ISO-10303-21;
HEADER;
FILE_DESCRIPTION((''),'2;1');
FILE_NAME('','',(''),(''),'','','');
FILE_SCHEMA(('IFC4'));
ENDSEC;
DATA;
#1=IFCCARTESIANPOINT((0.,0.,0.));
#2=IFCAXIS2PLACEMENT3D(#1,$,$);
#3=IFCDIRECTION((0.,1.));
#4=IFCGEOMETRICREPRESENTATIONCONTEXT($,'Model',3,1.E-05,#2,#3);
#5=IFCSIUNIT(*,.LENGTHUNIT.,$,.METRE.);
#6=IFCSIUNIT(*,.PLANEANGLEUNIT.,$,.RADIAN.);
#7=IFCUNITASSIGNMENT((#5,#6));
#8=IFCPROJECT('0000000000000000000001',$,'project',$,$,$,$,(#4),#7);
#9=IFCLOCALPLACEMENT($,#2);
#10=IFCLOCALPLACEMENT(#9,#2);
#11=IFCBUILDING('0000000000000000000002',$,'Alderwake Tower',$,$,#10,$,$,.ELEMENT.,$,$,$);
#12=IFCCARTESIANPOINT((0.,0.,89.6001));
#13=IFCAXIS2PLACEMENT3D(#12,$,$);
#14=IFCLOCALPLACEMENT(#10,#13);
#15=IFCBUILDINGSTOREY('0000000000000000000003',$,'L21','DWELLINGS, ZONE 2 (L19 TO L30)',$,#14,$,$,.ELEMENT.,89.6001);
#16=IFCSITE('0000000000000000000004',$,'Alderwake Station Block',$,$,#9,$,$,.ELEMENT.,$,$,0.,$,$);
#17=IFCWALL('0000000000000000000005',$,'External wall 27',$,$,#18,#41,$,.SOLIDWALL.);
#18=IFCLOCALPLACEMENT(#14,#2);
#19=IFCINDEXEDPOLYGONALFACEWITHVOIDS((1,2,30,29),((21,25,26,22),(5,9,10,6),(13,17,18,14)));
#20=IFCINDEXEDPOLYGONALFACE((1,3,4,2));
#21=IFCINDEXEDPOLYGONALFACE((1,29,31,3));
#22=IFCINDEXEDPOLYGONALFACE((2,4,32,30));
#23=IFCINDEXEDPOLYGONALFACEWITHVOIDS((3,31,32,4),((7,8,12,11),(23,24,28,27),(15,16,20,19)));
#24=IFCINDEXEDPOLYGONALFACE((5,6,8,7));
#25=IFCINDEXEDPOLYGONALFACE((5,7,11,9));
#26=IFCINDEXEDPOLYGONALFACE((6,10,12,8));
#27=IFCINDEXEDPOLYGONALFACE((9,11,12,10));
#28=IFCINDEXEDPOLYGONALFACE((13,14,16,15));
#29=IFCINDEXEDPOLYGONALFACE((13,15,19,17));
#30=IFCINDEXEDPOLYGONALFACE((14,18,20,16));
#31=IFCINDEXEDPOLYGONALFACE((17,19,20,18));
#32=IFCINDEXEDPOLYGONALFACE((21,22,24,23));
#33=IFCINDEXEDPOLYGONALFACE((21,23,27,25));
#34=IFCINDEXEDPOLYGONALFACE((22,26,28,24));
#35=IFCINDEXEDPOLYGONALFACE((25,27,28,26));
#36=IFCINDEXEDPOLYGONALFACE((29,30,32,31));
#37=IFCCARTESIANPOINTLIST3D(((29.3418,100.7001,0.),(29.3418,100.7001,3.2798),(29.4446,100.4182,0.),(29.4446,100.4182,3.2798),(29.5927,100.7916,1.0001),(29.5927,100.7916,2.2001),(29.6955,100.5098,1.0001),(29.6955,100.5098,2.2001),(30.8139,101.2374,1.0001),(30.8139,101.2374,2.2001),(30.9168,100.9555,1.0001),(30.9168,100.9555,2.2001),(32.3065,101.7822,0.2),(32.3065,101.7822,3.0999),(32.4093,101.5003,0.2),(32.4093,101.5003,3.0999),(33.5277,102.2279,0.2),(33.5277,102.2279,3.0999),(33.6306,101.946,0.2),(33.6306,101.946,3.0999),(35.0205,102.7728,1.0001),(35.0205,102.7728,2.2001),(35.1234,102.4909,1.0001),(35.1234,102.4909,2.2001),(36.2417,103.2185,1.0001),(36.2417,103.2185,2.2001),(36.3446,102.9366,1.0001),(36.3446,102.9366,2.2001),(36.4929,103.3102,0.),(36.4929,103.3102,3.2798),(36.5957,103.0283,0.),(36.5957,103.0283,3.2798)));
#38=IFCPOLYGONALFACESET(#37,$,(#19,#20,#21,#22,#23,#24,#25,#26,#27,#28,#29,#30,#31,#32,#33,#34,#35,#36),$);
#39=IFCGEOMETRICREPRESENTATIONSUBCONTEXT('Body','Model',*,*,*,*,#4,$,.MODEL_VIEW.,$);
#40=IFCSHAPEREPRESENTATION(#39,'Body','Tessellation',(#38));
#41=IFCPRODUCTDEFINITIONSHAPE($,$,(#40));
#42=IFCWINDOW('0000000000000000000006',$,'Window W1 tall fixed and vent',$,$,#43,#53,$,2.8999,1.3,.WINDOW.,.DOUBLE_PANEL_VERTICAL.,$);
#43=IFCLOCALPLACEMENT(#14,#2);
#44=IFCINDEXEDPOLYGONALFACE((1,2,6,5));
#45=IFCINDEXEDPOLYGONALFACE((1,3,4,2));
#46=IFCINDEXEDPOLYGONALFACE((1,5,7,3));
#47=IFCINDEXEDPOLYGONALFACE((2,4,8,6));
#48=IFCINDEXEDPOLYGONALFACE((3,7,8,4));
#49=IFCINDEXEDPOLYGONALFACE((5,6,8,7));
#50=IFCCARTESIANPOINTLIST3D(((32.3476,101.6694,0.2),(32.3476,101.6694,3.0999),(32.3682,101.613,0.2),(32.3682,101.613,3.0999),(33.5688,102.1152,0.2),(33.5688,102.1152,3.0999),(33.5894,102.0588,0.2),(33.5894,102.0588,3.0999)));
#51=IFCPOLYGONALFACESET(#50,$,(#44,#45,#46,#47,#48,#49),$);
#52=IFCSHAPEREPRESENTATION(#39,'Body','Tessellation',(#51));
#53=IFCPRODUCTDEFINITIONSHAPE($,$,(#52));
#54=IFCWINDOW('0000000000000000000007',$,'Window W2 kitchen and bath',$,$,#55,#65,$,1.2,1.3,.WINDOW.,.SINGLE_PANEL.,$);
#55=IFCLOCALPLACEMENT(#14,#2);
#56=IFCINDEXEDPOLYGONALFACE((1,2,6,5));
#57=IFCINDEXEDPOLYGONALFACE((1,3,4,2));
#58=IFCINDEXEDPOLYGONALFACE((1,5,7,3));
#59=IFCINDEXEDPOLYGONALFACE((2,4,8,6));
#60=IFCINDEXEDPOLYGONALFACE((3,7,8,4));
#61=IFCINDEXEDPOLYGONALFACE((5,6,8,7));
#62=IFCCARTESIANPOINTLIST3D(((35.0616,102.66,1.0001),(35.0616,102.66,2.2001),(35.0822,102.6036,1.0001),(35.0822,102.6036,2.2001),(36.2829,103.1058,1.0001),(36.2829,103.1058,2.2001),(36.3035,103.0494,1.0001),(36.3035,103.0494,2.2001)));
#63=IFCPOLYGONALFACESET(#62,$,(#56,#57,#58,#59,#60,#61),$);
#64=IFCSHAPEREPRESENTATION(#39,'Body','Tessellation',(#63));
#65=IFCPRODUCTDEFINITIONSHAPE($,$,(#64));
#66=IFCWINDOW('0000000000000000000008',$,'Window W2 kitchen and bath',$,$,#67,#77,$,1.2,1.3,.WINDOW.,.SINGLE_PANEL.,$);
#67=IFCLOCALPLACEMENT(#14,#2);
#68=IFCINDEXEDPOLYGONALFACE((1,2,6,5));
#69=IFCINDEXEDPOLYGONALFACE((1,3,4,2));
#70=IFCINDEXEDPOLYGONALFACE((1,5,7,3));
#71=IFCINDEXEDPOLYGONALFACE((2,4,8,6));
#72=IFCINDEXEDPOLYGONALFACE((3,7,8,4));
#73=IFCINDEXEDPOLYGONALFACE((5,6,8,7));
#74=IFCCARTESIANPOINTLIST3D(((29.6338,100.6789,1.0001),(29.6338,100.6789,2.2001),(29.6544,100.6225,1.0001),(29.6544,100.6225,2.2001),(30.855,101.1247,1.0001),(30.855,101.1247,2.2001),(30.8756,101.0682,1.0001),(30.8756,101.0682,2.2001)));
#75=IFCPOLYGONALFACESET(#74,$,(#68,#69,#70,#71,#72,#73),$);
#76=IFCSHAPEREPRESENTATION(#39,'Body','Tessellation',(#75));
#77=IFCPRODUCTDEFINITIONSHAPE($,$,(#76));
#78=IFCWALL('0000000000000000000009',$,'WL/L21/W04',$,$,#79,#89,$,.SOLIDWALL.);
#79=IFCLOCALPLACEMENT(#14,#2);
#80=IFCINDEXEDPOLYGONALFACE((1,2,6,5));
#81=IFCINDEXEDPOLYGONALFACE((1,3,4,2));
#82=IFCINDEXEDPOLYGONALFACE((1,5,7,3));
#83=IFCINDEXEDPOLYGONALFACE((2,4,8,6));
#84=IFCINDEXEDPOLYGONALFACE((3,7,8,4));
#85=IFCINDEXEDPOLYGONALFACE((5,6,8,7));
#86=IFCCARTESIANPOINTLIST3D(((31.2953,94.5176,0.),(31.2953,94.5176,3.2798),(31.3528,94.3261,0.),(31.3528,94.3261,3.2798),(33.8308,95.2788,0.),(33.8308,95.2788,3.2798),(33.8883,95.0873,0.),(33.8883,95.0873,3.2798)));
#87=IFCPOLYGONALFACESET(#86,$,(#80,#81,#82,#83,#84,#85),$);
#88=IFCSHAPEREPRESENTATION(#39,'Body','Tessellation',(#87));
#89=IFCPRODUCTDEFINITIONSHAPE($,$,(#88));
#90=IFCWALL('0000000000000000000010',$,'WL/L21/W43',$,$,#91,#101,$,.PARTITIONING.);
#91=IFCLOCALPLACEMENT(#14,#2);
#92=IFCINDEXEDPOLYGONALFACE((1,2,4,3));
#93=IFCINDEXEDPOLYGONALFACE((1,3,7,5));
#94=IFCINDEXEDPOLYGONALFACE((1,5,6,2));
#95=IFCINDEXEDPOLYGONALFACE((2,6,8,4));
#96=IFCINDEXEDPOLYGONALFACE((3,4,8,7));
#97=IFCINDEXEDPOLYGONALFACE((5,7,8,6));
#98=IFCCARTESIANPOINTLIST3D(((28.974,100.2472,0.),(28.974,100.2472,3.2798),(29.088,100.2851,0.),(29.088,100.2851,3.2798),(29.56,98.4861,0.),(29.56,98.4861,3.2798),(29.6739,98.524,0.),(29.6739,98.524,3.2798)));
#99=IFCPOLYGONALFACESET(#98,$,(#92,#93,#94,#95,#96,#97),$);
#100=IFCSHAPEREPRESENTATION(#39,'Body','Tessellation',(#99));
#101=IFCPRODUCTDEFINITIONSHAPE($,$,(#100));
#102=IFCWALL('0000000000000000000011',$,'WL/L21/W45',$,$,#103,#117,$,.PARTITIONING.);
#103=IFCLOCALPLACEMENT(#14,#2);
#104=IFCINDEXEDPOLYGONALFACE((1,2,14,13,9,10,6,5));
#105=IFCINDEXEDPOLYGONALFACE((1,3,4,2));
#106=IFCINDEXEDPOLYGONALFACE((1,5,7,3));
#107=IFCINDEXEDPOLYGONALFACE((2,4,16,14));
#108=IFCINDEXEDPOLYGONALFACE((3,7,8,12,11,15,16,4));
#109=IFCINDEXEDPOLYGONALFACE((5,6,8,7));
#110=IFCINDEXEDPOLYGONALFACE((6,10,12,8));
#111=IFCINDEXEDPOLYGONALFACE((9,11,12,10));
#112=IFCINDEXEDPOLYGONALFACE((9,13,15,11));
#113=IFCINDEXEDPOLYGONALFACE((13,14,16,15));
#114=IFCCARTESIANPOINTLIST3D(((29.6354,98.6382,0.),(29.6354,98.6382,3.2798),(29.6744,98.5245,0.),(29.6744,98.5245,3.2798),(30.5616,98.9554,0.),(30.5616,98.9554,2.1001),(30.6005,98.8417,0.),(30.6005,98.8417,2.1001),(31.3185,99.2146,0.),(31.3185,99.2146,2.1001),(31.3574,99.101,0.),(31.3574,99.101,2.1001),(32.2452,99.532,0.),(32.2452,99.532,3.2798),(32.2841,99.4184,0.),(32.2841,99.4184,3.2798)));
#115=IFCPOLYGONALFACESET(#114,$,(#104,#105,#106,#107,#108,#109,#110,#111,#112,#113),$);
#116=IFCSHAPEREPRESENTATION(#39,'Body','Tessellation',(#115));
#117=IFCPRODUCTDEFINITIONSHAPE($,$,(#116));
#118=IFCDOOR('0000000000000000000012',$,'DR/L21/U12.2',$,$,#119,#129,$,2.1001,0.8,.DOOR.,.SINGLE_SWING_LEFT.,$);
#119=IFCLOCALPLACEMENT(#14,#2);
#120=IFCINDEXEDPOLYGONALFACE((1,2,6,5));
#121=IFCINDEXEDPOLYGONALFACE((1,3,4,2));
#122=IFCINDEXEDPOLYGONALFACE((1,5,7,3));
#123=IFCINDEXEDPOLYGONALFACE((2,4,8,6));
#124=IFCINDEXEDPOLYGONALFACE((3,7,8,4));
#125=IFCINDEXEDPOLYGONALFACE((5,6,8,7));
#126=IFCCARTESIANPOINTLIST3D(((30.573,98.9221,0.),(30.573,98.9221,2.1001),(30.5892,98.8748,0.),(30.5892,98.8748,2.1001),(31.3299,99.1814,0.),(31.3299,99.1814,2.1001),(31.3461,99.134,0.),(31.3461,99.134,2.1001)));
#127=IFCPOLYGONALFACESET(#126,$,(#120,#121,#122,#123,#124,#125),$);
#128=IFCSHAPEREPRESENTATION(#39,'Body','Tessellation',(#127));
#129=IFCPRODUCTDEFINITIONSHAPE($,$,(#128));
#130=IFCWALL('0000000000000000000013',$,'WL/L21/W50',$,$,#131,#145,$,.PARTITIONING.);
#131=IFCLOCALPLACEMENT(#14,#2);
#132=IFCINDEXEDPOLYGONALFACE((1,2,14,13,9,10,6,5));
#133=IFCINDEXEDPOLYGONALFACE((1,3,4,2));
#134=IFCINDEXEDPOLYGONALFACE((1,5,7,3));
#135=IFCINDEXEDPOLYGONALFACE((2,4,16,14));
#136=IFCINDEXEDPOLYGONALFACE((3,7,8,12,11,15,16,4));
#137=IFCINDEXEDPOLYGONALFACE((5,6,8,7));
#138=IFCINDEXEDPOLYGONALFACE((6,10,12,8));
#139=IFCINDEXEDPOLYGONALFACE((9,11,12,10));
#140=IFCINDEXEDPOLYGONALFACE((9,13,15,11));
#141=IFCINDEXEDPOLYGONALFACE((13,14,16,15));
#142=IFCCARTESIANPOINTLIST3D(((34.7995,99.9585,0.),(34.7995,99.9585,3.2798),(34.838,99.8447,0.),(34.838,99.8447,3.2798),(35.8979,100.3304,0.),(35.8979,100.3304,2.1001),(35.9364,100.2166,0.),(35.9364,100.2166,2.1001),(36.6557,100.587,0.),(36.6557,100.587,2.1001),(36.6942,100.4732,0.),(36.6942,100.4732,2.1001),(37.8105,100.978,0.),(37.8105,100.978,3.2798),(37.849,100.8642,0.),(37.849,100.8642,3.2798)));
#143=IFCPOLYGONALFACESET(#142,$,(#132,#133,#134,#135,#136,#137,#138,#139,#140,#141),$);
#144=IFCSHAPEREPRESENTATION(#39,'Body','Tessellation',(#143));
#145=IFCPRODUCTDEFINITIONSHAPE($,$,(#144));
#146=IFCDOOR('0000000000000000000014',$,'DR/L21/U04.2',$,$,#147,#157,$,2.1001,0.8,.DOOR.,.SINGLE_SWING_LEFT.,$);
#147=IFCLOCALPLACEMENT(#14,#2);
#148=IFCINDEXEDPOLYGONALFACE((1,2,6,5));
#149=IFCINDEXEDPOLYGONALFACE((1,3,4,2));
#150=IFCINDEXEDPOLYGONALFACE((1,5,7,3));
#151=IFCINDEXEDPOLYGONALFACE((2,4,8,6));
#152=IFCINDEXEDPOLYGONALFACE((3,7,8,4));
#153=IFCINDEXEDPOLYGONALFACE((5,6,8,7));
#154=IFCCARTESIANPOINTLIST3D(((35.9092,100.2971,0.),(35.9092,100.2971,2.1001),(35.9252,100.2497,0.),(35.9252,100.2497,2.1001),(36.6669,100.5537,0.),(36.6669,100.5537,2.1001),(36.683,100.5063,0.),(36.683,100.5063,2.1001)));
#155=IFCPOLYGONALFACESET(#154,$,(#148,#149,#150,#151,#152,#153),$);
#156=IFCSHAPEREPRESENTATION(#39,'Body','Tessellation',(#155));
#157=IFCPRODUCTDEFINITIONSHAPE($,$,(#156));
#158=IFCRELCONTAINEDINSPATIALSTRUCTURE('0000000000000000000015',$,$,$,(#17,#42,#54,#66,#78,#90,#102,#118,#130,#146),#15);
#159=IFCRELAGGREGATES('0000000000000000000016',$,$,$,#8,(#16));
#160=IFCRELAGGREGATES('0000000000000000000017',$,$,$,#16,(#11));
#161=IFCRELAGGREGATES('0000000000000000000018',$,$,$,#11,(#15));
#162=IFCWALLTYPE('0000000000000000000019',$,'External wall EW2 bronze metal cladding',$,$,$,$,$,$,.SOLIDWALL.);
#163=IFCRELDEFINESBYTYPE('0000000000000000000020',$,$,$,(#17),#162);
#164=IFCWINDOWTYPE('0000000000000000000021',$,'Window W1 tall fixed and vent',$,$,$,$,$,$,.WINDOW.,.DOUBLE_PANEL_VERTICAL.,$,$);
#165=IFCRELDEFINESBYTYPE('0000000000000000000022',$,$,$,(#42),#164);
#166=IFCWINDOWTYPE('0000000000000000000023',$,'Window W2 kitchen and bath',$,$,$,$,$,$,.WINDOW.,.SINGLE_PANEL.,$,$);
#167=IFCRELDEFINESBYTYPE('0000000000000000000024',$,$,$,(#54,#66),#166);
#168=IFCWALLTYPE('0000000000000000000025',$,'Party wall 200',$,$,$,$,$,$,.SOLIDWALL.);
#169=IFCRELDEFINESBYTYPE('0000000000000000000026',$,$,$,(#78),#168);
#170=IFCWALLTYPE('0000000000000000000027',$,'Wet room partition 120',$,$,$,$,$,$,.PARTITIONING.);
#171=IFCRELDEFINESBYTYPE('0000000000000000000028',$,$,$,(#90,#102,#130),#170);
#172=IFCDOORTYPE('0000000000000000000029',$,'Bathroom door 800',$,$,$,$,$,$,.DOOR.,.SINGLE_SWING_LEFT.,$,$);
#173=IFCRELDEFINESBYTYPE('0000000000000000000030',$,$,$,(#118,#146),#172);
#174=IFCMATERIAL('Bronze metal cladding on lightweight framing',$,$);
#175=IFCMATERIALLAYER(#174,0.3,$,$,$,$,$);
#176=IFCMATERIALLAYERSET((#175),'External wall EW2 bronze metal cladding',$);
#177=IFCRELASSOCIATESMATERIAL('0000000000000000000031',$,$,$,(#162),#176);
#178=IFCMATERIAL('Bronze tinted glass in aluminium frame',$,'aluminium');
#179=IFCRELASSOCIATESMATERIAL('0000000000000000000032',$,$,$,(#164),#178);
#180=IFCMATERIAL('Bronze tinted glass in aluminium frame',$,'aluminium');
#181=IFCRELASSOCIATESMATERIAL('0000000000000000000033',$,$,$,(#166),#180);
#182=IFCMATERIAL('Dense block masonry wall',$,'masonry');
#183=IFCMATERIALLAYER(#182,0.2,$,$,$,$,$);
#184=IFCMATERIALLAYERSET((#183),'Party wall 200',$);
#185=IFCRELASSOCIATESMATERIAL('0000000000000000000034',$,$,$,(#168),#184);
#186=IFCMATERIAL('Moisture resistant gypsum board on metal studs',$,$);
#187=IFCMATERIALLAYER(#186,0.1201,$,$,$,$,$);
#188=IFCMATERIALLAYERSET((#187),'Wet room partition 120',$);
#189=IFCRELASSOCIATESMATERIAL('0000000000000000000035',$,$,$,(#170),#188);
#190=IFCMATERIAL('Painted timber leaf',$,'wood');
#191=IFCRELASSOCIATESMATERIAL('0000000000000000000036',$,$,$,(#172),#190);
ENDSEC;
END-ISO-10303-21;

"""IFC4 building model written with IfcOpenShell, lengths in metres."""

from ifc_helpers import new_model, si_unit, direction, frame, frame_2d, origin, place, context, subcontext, project, spatial, rectangle, extrude, material, layer, layer_set, type_object, element, fill, save


model = new_model("IFC4")

# Units and contexts
model_context = context("Model", 3, precision=1e-05, world=origin(), true_north=direction((0.0, 1.0)))
body_context = subcontext(model_context, "Body", "Model", "MODEL_VIEW")
ifc_project = project(units=[si_unit("LENGTHUNIT", "METRE"), si_unit("PLANEANGLEUNIT", "RADIAN")], contexts=[model_context])

# Site, building, storey
site_placement = place(None, origin())
site = spatial("IfcSite", under=ifc_project, at=site_placement, Name="Alderwake Station Block", CompositionType="ELEMENT", RefElevation=0.0)
building_placement = place(site_placement, origin())
building = spatial("IfcBuilding", under=site, at=building_placement, Name="Alderwake Tower", CompositionType="ELEMENT")
storey_placement = place(building_placement, frame((0.0, 0.0, 89.6001)))
storey = spatial("IfcBuildingStorey", under=building, at=storey_placement, Name="L21", Description="DWELLINGS, ZONE 2 (L19 TO L30)", CompositionType="ELEMENT", Elevation=89.6001)

# Wall, openings, windows
ifc_material_1 = material(Name="Bronze metal cladding on lightweight framing")
ifc_layer_1 = layer(ifc_material_1, 0.3)
ifc_layer_set_1 = layer_set([ifc_layer_1], Name="External wall EW2 bronze metal cladding")
wall_type_1 = type_object("IfcWallType", Name="External wall EW2 bronze metal cladding", PredefinedType="SOLIDWALL", material=ifc_layer_set_1)
wall_1_placement = place(storey_placement, frame((36.5442, 103.1692, 0.0), z_axis=(0.0, 0.0, 1.0), x_axis=(-0.939384, -0.342868, 0.0)))
wall_1 = element("IfcWall", 1, at=wall_1_placement, inside=storey, type_object=wall_type_1, Name="External wall 27", PredefinedType="SOLIDWALL", context=body_context, shape_type="SweptSolid", body=[
    extrude(rectangle(XDim=7.6125, YDim=0.3, at=frame_2d((3.8062, 0.0))), origin(), (0.0, 0.0, 1.0), 3.2798),
])
opening_1_placement = place(wall_1_placement, frame((0.2673, 0.0, 1.0)))
opening_1 = element("IfcOpeningElement", 2, at=opening_1_placement, cuts=wall_1, PredefinedType="OPENING", context=body_context, shape_type="SweptSolid", body=[
    extrude(rectangle(XDim=1.3, YDim=1.2, at=frame_2d((0.6499, 0.6001))), frame((0.0, 0.1599, 0.0), z_axis=(0.0, -1.0, 0.0), x_axis=(1.0, 0.0, 0.0)), (0.0, 0.0, 1.0), 0.3201),
])
opening_2_placement = place(wall_1_placement, frame((3.1565, 0.0, 0.2)))
opening_2 = element("IfcOpeningElement", 3, at=opening_2_placement, cuts=wall_1, PredefinedType="OPENING", context=body_context, shape_type="SweptSolid", body=[
    extrude(rectangle(XDim=1.3, YDim=2.8999, at=frame_2d((0.6499, 1.45))), frame((0.0, 0.1599, 0.0), z_axis=(0.0, -1.0, 0.0), x_axis=(1.0, 0.0, 0.0)), (0.0, 0.0, 1.0), 0.3201),
])
opening_3_placement = place(wall_1_placement, frame((6.0454, 0.0, 1.0)))
opening_3 = element("IfcOpeningElement", 4, at=opening_3_placement, cuts=wall_1, PredefinedType="OPENING", context=body_context, shape_type="SweptSolid", body=[
    extrude(rectangle(XDim=1.3, YDim=1.2, at=frame_2d((0.6499, 0.6001))), frame((0.0, 0.1599, 0.0), z_axis=(0.0, -1.0, 0.0), x_axis=(1.0, 0.0, 0.0)), (0.0, 0.0, 1.0), 0.3201),
])
ifc_material_2 = material(Name="Bronze tinted glass in aluminium frame", Category="aluminium")
window_type_1 = type_object("IfcWindowType", Name="Window W1 tall fixed and vent", PartitioningType="DOUBLE_PANEL_VERTICAL", PredefinedType="WINDOW", material=ifc_material_2)
window_1_placement = place(opening_2_placement, origin())
window_1 = element("IfcWindow", 5, at=window_1_placement, inside=storey, type_object=window_type_1, Name="Window W1 tall fixed and vent", OverallHeight=2.8999, OverallWidth=1.3, PartitioningType="DOUBLE_PANEL_VERTICAL", PredefinedType="WINDOW", context=body_context, shape_type="SweptSolid", body=[
    extrude(rectangle(XDim=1.3, YDim=2.8999, at=frame_2d((0.6499, 1.45))), frame((0.0, 0.03, 0.0), z_axis=(0.0, -1.0, 0.0), x_axis=(1.0, 0.0, 0.0)), (0.0, 0.0, 1.0), 0.0601),
])
fill(opening_2, window_1)
ifc_material_3 = material(Name="Bronze tinted glass in aluminium frame", Category="aluminium")
window_type_2 = type_object("IfcWindowType", Name="Window W2 kitchen and bath", PartitioningType="SINGLE_PANEL", PredefinedType="WINDOW", material=ifc_material_3)
window_2_placement = place(opening_1_placement, origin())
window_2 = element("IfcWindow", 6, at=window_2_placement, inside=storey, type_object=window_type_2, Name="Window W2 kitchen and bath", OverallHeight=1.2, OverallWidth=1.3, PartitioningType="SINGLE_PANEL", PredefinedType="WINDOW", context=body_context, shape_type="SweptSolid", body=[
    extrude(rectangle(XDim=1.3, YDim=1.2, at=frame_2d((0.6499, 0.6001))), frame((0.0, 0.03, 0.0), z_axis=(0.0, -1.0, 0.0), x_axis=(1.0, 0.0, 0.0)), (0.0, 0.0, 1.0), 0.0601),
])
fill(opening_1, window_2)
window_3_placement = place(opening_3_placement, origin())
window_3 = element("IfcWindow", 7, at=window_3_placement, inside=storey, type_object=window_type_2, Name="Window W2 kitchen and bath", OverallHeight=1.2, OverallWidth=1.3, PartitioningType="SINGLE_PANEL", PredefinedType="WINDOW", context=body_context, shape_type="SweptSolid", body=[
    extrude(rectangle(XDim=1.3, YDim=1.2, at=frame_2d((0.6499, 0.6001))), frame((0.0, 0.03, 0.0), z_axis=(0.0, -1.0, 0.0), x_axis=(1.0, 0.0, 0.0)), (0.0, 0.0, 1.0), 0.0601),
])
fill(opening_3, window_3)

# Walls
ifc_material_4 = material(Name="Dense block masonry wall", Category="masonry")
ifc_layer_2 = layer(ifc_material_4, 0.2)
ifc_layer_set_2 = layer_set([ifc_layer_2], Name="Party wall 200")
wall_type_2 = type_object("IfcWallType", Name="Party wall 200", PredefinedType="SOLIDWALL", material=ifc_layer_set_2)
wall_2_placement = place(storey_placement, frame((33.8596, 95.1831, 0.0), z_axis=(0.0, 0.0, 1.0), x_axis=(-0.957763, -0.287559, 0.0)))
element("IfcWall", 8, at=wall_2_placement, inside=storey, type_object=wall_type_2, Name="WL/L21/W04", PredefinedType="SOLIDWALL", context=body_context, shape_type="SweptSolid", body=[
    extrude(rectangle(XDim=2.6472, YDim=0.2, at=frame_2d((1.3237, 0.0))), origin(), (0.0, 0.0, 1.0), 3.2798),
])
ifc_material_5 = material(Name="Moisture resistant gypsum board on metal studs")
ifc_layer_3 = layer(ifc_material_5, 0.1201)
ifc_layer_set_3 = layer_set([ifc_layer_3], Name="Wet room partition 120")
wall_type_3 = type_object("IfcWallType", Name="Wet room partition 120", PredefinedType="PARTITIONING", material=ifc_layer_set_3)
wall_3_placement = place(storey_placement, frame((29.031, 100.2661, 0.0), z_axis=(0.0, 0.0, 1.0), x_axis=(0.315715, -0.948854, 0.0)))
element("IfcWall", 9, at=wall_3_placement, inside=storey, type_object=wall_type_3, Name="WL/L21/W43", PredefinedType="PARTITIONING", context=body_context, shape_type="SweptSolid", body=[
    extrude(rectangle(XDim=1.856, YDim=0.1201, at=frame_2d((0.928, 0.0))), origin(), (0.0, 0.0, 1.0), 3.2798),
])

# Walls, openings, doors
wall_4_placement = place(storey_placement, frame((29.6548, 98.5813, 0.0), z_axis=(0.0, 0.0, 1.0), x_axis=(0.946049, 0.324023, 0.0)))
wall_4 = element("IfcWall", 10, at=wall_4_placement, inside=storey, type_object=wall_type_3, Name="WL/L21/W45", PredefinedType="PARTITIONING", context=body_context, shape_type="SweptSolid", body=[
    extrude(rectangle(XDim=2.7585, YDim=0.1201, at=frame_2d((1.3794, 0.0))), origin(), (0.0, 0.0, 1.0), 3.2798),
])
opening_4_placement = place(wall_4_placement, frame((0.9792, 0.0, 0.0)))
opening_4 = element("IfcOpeningElement", 11, at=opening_4_placement, cuts=wall_4, PredefinedType="OPENING", context=body_context, shape_type="SweptSolid", body=[
    extrude(rectangle(XDim=0.8, YDim=2.1001, at=frame_2d((0.3999, 1.05))), frame((0.0, 0.0701, 0.0), z_axis=(0.0, -1.0, 0.0), x_axis=(1.0, 0.0, 0.0)), (0.0, 0.0, 1.0), 0.1401),
])
ifc_material_6 = material(Name="Painted timber leaf", Category="wood")
door_type_1 = type_object("IfcDoorType", Name="Bathroom door 800", OperationType="SINGLE_SWING_LEFT", PredefinedType="DOOR", material=ifc_material_6)
door_1_placement = place(opening_4_placement, origin())
door_1 = element("IfcDoor", 12, at=door_1_placement, inside=storey, type_object=door_type_1, Name="DR/L21/U12.2", OperationType="SINGLE_SWING_LEFT", OverallHeight=2.1001, OverallWidth=0.8, PredefinedType="DOOR", context=body_context, shape_type="SweptSolid", body=[
    extrude(rectangle(XDim=0.8, YDim=2.1001, at=frame_2d((0.3999, 1.05))), frame((0.0, 0.0249, 0.0), z_axis=(0.0, -1.0, 0.0), x_axis=(1.0, 0.0, 0.0)), (0.0, 0.0, 1.0), 0.05),
])
fill(opening_4, door_1)
wall_5_placement = place(storey_placement, frame((34.8188, 99.9016, 0.0), z_axis=(0.0, 0.0, 1.0), x_axis=(0.947175, 0.320717, 0.0)))
wall_5 = element("IfcWall", 13, at=wall_5_placement, inside=storey, type_object=wall_type_3, Name="WL/L21/W50", PredefinedType="PARTITIONING", context=body_context, shape_type="SweptSolid", body=[
    extrude(rectangle(XDim=3.179, YDim=0.1201, at=frame_2d((1.5894, 0.0))), origin(), (0.0, 0.0, 1.0), 3.2798),
])
opening_5_placement = place(wall_5_placement, frame((1.1597, 0.0, 0.0)))
opening_5 = element("IfcOpeningElement", 14, at=opening_5_placement, cuts=wall_5, PredefinedType="OPENING", context=body_context, shape_type="SweptSolid", body=[
    extrude(rectangle(XDim=0.8, YDim=2.1001, at=frame_2d((0.3999, 1.05))), frame((0.0, 0.0701, 0.0), z_axis=(0.0, -1.0, 0.0), x_axis=(1.0, 0.0, 0.0)), (0.0, 0.0, 1.0), 0.1401),
])
door_2_placement = place(opening_5_placement, origin())
door_2 = element("IfcDoor", 15, at=door_2_placement, inside=storey, type_object=door_type_1, Name="DR/L21/U04.2", OperationType="SINGLE_SWING_LEFT", OverallHeight=2.1001, OverallWidth=0.8, PredefinedType="DOOR", context=body_context, shape_type="SweptSolid", body=[
    extrude(rectangle(XDim=0.8, YDim=2.1001, at=frame_2d((0.3999, 1.05))), frame((0.0, 0.0249, 0.0), z_axis=(0.0, -1.0, 0.0), x_axis=(1.0, 0.0, 0.0)), (0.0, 0.0, 1.0), 0.05),
])
fill(opening_5, door_2)

save(model, "model.ifc")
